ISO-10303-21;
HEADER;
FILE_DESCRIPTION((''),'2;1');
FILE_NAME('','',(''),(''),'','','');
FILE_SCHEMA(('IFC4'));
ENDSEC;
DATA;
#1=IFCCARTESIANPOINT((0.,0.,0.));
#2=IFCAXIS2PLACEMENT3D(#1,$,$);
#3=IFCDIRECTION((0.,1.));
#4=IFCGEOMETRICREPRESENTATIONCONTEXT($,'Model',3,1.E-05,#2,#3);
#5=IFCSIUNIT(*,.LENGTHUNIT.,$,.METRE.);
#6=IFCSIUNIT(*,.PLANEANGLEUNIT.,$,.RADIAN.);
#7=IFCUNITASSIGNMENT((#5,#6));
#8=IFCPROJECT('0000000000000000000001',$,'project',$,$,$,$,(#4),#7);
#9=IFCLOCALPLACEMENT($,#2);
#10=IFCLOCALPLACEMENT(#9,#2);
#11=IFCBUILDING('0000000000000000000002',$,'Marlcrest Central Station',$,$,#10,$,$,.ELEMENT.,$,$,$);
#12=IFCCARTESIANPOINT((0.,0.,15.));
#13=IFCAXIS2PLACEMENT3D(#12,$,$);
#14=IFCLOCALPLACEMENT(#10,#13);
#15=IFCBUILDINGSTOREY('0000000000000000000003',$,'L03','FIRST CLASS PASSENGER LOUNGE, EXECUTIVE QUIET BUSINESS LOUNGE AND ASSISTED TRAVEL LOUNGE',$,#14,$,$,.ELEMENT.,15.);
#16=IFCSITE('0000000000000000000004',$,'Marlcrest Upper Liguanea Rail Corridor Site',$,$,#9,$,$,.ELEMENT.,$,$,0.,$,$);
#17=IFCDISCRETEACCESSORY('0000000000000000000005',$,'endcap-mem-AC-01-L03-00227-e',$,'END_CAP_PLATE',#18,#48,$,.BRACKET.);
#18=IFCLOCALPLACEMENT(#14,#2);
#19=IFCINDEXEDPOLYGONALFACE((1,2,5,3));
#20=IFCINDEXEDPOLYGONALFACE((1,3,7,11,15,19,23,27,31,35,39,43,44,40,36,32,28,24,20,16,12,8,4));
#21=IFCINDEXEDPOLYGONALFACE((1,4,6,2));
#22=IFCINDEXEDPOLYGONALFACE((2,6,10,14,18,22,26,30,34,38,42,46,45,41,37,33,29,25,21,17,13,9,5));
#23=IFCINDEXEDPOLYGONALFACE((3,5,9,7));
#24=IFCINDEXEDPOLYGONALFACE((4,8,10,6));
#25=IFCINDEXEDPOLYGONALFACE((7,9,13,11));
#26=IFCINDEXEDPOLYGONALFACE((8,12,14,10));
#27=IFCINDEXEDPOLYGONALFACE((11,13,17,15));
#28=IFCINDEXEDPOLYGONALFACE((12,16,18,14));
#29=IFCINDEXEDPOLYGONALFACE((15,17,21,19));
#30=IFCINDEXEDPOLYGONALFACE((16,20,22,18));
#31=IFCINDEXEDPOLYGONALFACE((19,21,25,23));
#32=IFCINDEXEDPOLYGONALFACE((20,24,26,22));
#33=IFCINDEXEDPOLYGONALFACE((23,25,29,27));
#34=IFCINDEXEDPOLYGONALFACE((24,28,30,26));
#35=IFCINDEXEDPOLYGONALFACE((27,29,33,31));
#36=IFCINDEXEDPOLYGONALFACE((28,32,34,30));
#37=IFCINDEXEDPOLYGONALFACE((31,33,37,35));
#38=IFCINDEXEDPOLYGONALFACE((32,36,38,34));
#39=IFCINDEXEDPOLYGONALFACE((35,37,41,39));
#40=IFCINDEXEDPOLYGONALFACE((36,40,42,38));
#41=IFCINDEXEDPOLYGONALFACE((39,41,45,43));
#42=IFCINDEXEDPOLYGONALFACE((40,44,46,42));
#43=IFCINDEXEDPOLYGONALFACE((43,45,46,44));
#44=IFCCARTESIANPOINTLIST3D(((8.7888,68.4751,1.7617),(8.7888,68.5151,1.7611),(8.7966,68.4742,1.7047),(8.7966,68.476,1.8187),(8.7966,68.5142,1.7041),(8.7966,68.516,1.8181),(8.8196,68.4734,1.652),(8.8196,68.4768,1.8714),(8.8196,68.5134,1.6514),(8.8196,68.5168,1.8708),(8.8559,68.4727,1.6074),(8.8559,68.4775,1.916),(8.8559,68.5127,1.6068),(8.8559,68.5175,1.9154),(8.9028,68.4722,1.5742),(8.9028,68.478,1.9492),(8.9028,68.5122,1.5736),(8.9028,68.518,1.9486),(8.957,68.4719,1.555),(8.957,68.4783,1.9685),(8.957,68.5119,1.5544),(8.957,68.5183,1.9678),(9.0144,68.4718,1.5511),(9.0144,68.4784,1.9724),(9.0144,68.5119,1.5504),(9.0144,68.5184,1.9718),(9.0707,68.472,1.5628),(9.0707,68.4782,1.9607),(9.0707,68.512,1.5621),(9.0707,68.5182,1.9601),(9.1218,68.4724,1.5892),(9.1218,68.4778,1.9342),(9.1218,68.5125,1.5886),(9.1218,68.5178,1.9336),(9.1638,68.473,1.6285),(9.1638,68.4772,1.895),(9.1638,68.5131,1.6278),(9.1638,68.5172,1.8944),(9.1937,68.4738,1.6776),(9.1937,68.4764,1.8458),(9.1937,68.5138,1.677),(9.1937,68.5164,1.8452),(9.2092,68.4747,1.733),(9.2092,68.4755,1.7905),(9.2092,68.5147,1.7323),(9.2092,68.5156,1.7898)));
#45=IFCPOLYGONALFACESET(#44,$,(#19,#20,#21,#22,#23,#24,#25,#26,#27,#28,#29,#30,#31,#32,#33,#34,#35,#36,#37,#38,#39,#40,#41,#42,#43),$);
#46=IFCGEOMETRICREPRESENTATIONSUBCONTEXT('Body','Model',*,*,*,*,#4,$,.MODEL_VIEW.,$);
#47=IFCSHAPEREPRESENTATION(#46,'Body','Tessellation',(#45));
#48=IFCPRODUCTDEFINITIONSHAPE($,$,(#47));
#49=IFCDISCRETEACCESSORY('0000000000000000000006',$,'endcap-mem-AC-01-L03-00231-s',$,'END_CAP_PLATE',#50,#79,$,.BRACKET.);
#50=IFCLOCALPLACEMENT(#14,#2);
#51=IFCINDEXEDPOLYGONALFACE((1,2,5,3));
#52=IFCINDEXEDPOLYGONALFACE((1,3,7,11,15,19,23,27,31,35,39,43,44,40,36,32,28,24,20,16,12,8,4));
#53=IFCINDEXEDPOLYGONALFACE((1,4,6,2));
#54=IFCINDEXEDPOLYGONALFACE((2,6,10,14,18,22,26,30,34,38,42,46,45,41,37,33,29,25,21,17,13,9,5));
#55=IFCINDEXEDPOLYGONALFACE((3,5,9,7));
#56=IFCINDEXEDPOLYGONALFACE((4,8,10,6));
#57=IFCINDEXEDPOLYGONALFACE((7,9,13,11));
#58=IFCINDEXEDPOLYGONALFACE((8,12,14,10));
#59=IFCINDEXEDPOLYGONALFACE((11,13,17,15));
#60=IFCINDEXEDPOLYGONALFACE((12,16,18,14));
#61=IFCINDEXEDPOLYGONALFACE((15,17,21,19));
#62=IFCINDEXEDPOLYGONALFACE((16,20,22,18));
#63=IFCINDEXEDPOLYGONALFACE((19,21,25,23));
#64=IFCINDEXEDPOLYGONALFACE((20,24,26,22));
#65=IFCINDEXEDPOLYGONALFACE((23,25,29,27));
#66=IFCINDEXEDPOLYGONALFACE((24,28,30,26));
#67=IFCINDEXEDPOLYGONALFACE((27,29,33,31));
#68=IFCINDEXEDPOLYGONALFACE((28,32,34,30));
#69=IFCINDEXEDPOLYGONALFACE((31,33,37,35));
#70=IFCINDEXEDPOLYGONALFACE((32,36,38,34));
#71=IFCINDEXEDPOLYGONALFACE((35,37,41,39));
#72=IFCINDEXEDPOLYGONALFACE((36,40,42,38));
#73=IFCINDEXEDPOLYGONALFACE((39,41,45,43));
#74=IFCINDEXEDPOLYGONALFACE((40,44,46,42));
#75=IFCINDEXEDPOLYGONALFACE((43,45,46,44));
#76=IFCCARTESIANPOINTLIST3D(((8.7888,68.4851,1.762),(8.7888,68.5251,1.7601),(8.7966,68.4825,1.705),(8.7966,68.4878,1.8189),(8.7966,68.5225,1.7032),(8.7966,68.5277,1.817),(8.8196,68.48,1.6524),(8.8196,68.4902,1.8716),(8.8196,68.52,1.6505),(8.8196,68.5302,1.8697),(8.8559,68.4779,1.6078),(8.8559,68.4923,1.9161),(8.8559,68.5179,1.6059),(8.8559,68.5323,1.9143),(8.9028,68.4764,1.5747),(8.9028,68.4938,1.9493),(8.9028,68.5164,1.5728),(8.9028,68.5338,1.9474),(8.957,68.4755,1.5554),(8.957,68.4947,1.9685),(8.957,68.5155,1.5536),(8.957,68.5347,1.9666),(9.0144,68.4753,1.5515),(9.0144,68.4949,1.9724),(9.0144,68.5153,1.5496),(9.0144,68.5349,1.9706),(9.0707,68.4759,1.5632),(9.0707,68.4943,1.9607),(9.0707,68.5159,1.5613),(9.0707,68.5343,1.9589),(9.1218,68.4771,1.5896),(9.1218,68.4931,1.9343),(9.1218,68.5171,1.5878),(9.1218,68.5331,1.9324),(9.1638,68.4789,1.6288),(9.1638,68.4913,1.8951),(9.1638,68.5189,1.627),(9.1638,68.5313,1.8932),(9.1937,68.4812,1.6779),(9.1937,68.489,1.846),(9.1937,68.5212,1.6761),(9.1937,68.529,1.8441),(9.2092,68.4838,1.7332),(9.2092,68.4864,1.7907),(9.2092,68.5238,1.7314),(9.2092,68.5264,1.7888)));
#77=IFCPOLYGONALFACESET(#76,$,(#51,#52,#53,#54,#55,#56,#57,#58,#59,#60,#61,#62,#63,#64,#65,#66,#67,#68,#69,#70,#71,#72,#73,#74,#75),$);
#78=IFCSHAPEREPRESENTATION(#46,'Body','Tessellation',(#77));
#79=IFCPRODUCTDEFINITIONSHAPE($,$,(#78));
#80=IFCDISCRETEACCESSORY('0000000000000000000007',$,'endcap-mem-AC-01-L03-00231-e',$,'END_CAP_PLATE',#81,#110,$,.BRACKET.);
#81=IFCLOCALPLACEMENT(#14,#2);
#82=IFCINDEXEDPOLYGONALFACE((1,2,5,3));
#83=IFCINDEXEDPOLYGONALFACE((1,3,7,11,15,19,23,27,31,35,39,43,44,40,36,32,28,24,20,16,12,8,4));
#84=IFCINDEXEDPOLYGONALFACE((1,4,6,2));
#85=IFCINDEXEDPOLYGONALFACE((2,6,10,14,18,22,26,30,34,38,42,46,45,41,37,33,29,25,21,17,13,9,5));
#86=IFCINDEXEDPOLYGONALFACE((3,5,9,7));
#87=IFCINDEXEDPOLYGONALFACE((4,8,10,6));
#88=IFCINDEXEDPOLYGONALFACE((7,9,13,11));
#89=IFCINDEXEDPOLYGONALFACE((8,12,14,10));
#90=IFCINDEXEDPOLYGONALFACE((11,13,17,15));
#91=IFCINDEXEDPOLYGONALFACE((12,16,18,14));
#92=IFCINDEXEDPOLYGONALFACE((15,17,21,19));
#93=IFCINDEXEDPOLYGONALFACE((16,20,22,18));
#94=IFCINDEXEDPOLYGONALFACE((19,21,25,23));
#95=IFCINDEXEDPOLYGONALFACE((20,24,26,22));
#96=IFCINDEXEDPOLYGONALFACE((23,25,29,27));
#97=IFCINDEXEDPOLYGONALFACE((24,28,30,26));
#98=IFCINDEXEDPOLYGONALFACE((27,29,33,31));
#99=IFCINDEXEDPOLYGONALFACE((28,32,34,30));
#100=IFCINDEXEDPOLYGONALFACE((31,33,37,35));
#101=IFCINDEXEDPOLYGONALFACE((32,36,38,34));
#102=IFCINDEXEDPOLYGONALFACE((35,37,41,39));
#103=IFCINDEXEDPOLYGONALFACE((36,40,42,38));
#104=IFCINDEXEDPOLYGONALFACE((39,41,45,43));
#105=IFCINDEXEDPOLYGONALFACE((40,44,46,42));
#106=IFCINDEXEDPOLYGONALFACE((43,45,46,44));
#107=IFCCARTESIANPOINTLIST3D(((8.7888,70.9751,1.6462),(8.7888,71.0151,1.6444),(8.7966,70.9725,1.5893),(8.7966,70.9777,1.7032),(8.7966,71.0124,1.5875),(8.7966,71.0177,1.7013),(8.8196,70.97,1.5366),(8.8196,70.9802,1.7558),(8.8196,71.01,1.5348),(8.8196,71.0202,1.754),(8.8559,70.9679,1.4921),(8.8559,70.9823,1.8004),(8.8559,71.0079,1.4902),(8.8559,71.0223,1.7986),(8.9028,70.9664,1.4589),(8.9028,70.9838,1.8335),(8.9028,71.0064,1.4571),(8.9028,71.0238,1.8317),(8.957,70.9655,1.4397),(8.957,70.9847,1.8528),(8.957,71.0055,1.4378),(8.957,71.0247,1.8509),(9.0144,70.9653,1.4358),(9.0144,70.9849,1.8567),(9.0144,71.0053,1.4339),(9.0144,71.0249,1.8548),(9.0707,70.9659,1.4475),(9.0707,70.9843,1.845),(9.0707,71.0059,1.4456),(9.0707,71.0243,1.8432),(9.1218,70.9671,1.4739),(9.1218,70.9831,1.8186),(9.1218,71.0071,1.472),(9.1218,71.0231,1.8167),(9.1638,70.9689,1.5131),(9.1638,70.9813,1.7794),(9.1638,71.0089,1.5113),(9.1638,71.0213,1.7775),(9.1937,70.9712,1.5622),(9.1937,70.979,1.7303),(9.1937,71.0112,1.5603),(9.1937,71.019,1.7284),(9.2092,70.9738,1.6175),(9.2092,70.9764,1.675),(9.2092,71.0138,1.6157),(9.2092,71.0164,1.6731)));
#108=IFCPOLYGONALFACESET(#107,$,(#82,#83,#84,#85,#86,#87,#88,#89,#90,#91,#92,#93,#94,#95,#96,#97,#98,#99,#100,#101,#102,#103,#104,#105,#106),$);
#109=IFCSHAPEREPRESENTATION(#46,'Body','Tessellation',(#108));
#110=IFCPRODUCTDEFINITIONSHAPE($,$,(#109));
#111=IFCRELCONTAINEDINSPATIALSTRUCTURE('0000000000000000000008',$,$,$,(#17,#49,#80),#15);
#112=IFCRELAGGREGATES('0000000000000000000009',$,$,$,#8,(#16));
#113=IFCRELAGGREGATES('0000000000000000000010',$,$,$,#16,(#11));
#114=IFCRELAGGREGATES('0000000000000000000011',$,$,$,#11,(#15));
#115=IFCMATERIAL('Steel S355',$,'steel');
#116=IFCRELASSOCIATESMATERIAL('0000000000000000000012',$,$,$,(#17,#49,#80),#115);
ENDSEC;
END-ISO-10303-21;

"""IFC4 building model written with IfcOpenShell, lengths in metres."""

from ifc_helpers import new_model, si_unit, direction, frame, origin, origin_2d, place, context, subcontext, project, spatial, circle, extrude, material, element, save


model = new_model("IFC4")

# Units and contexts
model_context = context("Model", 3, precision=1e-05, world=origin(), true_north=direction((0.0, 1.0)))
body_context = subcontext(model_context, "Body", "Model", "MODEL_VIEW")
ifc_project = project(units=[si_unit("LENGTHUNIT", "METRE"), si_unit("PLANEANGLEUNIT", "RADIAN")], contexts=[model_context])

# Site, building, storey
site_placement = place(None, origin())
site = spatial("IfcSite", under=ifc_project, at=site_placement, Name="Marlcrest Upper Liguanea Rail Corridor Site", CompositionType="ELEMENT", RefElevation=0.0)
building_placement = place(site_placement, origin())
building = spatial("IfcBuilding", under=site, at=building_placement, Name="Marlcrest Central Station", CompositionType="ELEMENT")
storey_placement = place(building_placement, frame((0.0, 0.0, 15.0)))
storey = spatial("IfcBuildingStorey", under=building, at=storey_placement, Name="L03", Description="FIRST CLASS PASSENGER LOUNGE, EXECUTIVE QUIET BUSINESS LOUNGE AND ASSISTED TRAVEL LOUNGE", CompositionType="ELEMENT", Elevation=15.0)

# Shared definitions
ifc_material_1 = material(Name="Steel S355", Category="steel")

# Discrete accessories
for number, where, z_axis, x_axis, name in (
    (1, (9.0, 68.4751, 1.7617), (0.0, 0.999879, -0.015525), (-1.0, 0.0, 0.0), "endcap-mem-AC-01-L03-00227-e"),
    (2, (9.0, 68.4851, 1.762), (0.0, 0.998921, -0.046434), (-1.0, 0.0, 0.0), "endcap-mem-AC-01-L03-00231-s"),
    (3, (9.0, 70.9751, 1.6462), (0.0, 0.998921, -0.046434), (-1.0, 0.0, 0.0), "endcap-mem-AC-01-L03-00231-e"),
):
    element("IfcDiscreteAccessory", number, at=place(storey_placement, frame(where, z_axis=z_axis, x_axis=x_axis)), inside=storey, material=ifc_material_1, Name=name, ObjectType="END_CAP_PLATE", PredefinedType="BRACKET", context=body_context, shape_type="SweptSolid", body=[
        extrude(circle(Radius=0.2112, at=origin_2d()), origin(), (0.0, 0.0, 1.0), 0.04),
    ])

save(model, "model.ifc")
